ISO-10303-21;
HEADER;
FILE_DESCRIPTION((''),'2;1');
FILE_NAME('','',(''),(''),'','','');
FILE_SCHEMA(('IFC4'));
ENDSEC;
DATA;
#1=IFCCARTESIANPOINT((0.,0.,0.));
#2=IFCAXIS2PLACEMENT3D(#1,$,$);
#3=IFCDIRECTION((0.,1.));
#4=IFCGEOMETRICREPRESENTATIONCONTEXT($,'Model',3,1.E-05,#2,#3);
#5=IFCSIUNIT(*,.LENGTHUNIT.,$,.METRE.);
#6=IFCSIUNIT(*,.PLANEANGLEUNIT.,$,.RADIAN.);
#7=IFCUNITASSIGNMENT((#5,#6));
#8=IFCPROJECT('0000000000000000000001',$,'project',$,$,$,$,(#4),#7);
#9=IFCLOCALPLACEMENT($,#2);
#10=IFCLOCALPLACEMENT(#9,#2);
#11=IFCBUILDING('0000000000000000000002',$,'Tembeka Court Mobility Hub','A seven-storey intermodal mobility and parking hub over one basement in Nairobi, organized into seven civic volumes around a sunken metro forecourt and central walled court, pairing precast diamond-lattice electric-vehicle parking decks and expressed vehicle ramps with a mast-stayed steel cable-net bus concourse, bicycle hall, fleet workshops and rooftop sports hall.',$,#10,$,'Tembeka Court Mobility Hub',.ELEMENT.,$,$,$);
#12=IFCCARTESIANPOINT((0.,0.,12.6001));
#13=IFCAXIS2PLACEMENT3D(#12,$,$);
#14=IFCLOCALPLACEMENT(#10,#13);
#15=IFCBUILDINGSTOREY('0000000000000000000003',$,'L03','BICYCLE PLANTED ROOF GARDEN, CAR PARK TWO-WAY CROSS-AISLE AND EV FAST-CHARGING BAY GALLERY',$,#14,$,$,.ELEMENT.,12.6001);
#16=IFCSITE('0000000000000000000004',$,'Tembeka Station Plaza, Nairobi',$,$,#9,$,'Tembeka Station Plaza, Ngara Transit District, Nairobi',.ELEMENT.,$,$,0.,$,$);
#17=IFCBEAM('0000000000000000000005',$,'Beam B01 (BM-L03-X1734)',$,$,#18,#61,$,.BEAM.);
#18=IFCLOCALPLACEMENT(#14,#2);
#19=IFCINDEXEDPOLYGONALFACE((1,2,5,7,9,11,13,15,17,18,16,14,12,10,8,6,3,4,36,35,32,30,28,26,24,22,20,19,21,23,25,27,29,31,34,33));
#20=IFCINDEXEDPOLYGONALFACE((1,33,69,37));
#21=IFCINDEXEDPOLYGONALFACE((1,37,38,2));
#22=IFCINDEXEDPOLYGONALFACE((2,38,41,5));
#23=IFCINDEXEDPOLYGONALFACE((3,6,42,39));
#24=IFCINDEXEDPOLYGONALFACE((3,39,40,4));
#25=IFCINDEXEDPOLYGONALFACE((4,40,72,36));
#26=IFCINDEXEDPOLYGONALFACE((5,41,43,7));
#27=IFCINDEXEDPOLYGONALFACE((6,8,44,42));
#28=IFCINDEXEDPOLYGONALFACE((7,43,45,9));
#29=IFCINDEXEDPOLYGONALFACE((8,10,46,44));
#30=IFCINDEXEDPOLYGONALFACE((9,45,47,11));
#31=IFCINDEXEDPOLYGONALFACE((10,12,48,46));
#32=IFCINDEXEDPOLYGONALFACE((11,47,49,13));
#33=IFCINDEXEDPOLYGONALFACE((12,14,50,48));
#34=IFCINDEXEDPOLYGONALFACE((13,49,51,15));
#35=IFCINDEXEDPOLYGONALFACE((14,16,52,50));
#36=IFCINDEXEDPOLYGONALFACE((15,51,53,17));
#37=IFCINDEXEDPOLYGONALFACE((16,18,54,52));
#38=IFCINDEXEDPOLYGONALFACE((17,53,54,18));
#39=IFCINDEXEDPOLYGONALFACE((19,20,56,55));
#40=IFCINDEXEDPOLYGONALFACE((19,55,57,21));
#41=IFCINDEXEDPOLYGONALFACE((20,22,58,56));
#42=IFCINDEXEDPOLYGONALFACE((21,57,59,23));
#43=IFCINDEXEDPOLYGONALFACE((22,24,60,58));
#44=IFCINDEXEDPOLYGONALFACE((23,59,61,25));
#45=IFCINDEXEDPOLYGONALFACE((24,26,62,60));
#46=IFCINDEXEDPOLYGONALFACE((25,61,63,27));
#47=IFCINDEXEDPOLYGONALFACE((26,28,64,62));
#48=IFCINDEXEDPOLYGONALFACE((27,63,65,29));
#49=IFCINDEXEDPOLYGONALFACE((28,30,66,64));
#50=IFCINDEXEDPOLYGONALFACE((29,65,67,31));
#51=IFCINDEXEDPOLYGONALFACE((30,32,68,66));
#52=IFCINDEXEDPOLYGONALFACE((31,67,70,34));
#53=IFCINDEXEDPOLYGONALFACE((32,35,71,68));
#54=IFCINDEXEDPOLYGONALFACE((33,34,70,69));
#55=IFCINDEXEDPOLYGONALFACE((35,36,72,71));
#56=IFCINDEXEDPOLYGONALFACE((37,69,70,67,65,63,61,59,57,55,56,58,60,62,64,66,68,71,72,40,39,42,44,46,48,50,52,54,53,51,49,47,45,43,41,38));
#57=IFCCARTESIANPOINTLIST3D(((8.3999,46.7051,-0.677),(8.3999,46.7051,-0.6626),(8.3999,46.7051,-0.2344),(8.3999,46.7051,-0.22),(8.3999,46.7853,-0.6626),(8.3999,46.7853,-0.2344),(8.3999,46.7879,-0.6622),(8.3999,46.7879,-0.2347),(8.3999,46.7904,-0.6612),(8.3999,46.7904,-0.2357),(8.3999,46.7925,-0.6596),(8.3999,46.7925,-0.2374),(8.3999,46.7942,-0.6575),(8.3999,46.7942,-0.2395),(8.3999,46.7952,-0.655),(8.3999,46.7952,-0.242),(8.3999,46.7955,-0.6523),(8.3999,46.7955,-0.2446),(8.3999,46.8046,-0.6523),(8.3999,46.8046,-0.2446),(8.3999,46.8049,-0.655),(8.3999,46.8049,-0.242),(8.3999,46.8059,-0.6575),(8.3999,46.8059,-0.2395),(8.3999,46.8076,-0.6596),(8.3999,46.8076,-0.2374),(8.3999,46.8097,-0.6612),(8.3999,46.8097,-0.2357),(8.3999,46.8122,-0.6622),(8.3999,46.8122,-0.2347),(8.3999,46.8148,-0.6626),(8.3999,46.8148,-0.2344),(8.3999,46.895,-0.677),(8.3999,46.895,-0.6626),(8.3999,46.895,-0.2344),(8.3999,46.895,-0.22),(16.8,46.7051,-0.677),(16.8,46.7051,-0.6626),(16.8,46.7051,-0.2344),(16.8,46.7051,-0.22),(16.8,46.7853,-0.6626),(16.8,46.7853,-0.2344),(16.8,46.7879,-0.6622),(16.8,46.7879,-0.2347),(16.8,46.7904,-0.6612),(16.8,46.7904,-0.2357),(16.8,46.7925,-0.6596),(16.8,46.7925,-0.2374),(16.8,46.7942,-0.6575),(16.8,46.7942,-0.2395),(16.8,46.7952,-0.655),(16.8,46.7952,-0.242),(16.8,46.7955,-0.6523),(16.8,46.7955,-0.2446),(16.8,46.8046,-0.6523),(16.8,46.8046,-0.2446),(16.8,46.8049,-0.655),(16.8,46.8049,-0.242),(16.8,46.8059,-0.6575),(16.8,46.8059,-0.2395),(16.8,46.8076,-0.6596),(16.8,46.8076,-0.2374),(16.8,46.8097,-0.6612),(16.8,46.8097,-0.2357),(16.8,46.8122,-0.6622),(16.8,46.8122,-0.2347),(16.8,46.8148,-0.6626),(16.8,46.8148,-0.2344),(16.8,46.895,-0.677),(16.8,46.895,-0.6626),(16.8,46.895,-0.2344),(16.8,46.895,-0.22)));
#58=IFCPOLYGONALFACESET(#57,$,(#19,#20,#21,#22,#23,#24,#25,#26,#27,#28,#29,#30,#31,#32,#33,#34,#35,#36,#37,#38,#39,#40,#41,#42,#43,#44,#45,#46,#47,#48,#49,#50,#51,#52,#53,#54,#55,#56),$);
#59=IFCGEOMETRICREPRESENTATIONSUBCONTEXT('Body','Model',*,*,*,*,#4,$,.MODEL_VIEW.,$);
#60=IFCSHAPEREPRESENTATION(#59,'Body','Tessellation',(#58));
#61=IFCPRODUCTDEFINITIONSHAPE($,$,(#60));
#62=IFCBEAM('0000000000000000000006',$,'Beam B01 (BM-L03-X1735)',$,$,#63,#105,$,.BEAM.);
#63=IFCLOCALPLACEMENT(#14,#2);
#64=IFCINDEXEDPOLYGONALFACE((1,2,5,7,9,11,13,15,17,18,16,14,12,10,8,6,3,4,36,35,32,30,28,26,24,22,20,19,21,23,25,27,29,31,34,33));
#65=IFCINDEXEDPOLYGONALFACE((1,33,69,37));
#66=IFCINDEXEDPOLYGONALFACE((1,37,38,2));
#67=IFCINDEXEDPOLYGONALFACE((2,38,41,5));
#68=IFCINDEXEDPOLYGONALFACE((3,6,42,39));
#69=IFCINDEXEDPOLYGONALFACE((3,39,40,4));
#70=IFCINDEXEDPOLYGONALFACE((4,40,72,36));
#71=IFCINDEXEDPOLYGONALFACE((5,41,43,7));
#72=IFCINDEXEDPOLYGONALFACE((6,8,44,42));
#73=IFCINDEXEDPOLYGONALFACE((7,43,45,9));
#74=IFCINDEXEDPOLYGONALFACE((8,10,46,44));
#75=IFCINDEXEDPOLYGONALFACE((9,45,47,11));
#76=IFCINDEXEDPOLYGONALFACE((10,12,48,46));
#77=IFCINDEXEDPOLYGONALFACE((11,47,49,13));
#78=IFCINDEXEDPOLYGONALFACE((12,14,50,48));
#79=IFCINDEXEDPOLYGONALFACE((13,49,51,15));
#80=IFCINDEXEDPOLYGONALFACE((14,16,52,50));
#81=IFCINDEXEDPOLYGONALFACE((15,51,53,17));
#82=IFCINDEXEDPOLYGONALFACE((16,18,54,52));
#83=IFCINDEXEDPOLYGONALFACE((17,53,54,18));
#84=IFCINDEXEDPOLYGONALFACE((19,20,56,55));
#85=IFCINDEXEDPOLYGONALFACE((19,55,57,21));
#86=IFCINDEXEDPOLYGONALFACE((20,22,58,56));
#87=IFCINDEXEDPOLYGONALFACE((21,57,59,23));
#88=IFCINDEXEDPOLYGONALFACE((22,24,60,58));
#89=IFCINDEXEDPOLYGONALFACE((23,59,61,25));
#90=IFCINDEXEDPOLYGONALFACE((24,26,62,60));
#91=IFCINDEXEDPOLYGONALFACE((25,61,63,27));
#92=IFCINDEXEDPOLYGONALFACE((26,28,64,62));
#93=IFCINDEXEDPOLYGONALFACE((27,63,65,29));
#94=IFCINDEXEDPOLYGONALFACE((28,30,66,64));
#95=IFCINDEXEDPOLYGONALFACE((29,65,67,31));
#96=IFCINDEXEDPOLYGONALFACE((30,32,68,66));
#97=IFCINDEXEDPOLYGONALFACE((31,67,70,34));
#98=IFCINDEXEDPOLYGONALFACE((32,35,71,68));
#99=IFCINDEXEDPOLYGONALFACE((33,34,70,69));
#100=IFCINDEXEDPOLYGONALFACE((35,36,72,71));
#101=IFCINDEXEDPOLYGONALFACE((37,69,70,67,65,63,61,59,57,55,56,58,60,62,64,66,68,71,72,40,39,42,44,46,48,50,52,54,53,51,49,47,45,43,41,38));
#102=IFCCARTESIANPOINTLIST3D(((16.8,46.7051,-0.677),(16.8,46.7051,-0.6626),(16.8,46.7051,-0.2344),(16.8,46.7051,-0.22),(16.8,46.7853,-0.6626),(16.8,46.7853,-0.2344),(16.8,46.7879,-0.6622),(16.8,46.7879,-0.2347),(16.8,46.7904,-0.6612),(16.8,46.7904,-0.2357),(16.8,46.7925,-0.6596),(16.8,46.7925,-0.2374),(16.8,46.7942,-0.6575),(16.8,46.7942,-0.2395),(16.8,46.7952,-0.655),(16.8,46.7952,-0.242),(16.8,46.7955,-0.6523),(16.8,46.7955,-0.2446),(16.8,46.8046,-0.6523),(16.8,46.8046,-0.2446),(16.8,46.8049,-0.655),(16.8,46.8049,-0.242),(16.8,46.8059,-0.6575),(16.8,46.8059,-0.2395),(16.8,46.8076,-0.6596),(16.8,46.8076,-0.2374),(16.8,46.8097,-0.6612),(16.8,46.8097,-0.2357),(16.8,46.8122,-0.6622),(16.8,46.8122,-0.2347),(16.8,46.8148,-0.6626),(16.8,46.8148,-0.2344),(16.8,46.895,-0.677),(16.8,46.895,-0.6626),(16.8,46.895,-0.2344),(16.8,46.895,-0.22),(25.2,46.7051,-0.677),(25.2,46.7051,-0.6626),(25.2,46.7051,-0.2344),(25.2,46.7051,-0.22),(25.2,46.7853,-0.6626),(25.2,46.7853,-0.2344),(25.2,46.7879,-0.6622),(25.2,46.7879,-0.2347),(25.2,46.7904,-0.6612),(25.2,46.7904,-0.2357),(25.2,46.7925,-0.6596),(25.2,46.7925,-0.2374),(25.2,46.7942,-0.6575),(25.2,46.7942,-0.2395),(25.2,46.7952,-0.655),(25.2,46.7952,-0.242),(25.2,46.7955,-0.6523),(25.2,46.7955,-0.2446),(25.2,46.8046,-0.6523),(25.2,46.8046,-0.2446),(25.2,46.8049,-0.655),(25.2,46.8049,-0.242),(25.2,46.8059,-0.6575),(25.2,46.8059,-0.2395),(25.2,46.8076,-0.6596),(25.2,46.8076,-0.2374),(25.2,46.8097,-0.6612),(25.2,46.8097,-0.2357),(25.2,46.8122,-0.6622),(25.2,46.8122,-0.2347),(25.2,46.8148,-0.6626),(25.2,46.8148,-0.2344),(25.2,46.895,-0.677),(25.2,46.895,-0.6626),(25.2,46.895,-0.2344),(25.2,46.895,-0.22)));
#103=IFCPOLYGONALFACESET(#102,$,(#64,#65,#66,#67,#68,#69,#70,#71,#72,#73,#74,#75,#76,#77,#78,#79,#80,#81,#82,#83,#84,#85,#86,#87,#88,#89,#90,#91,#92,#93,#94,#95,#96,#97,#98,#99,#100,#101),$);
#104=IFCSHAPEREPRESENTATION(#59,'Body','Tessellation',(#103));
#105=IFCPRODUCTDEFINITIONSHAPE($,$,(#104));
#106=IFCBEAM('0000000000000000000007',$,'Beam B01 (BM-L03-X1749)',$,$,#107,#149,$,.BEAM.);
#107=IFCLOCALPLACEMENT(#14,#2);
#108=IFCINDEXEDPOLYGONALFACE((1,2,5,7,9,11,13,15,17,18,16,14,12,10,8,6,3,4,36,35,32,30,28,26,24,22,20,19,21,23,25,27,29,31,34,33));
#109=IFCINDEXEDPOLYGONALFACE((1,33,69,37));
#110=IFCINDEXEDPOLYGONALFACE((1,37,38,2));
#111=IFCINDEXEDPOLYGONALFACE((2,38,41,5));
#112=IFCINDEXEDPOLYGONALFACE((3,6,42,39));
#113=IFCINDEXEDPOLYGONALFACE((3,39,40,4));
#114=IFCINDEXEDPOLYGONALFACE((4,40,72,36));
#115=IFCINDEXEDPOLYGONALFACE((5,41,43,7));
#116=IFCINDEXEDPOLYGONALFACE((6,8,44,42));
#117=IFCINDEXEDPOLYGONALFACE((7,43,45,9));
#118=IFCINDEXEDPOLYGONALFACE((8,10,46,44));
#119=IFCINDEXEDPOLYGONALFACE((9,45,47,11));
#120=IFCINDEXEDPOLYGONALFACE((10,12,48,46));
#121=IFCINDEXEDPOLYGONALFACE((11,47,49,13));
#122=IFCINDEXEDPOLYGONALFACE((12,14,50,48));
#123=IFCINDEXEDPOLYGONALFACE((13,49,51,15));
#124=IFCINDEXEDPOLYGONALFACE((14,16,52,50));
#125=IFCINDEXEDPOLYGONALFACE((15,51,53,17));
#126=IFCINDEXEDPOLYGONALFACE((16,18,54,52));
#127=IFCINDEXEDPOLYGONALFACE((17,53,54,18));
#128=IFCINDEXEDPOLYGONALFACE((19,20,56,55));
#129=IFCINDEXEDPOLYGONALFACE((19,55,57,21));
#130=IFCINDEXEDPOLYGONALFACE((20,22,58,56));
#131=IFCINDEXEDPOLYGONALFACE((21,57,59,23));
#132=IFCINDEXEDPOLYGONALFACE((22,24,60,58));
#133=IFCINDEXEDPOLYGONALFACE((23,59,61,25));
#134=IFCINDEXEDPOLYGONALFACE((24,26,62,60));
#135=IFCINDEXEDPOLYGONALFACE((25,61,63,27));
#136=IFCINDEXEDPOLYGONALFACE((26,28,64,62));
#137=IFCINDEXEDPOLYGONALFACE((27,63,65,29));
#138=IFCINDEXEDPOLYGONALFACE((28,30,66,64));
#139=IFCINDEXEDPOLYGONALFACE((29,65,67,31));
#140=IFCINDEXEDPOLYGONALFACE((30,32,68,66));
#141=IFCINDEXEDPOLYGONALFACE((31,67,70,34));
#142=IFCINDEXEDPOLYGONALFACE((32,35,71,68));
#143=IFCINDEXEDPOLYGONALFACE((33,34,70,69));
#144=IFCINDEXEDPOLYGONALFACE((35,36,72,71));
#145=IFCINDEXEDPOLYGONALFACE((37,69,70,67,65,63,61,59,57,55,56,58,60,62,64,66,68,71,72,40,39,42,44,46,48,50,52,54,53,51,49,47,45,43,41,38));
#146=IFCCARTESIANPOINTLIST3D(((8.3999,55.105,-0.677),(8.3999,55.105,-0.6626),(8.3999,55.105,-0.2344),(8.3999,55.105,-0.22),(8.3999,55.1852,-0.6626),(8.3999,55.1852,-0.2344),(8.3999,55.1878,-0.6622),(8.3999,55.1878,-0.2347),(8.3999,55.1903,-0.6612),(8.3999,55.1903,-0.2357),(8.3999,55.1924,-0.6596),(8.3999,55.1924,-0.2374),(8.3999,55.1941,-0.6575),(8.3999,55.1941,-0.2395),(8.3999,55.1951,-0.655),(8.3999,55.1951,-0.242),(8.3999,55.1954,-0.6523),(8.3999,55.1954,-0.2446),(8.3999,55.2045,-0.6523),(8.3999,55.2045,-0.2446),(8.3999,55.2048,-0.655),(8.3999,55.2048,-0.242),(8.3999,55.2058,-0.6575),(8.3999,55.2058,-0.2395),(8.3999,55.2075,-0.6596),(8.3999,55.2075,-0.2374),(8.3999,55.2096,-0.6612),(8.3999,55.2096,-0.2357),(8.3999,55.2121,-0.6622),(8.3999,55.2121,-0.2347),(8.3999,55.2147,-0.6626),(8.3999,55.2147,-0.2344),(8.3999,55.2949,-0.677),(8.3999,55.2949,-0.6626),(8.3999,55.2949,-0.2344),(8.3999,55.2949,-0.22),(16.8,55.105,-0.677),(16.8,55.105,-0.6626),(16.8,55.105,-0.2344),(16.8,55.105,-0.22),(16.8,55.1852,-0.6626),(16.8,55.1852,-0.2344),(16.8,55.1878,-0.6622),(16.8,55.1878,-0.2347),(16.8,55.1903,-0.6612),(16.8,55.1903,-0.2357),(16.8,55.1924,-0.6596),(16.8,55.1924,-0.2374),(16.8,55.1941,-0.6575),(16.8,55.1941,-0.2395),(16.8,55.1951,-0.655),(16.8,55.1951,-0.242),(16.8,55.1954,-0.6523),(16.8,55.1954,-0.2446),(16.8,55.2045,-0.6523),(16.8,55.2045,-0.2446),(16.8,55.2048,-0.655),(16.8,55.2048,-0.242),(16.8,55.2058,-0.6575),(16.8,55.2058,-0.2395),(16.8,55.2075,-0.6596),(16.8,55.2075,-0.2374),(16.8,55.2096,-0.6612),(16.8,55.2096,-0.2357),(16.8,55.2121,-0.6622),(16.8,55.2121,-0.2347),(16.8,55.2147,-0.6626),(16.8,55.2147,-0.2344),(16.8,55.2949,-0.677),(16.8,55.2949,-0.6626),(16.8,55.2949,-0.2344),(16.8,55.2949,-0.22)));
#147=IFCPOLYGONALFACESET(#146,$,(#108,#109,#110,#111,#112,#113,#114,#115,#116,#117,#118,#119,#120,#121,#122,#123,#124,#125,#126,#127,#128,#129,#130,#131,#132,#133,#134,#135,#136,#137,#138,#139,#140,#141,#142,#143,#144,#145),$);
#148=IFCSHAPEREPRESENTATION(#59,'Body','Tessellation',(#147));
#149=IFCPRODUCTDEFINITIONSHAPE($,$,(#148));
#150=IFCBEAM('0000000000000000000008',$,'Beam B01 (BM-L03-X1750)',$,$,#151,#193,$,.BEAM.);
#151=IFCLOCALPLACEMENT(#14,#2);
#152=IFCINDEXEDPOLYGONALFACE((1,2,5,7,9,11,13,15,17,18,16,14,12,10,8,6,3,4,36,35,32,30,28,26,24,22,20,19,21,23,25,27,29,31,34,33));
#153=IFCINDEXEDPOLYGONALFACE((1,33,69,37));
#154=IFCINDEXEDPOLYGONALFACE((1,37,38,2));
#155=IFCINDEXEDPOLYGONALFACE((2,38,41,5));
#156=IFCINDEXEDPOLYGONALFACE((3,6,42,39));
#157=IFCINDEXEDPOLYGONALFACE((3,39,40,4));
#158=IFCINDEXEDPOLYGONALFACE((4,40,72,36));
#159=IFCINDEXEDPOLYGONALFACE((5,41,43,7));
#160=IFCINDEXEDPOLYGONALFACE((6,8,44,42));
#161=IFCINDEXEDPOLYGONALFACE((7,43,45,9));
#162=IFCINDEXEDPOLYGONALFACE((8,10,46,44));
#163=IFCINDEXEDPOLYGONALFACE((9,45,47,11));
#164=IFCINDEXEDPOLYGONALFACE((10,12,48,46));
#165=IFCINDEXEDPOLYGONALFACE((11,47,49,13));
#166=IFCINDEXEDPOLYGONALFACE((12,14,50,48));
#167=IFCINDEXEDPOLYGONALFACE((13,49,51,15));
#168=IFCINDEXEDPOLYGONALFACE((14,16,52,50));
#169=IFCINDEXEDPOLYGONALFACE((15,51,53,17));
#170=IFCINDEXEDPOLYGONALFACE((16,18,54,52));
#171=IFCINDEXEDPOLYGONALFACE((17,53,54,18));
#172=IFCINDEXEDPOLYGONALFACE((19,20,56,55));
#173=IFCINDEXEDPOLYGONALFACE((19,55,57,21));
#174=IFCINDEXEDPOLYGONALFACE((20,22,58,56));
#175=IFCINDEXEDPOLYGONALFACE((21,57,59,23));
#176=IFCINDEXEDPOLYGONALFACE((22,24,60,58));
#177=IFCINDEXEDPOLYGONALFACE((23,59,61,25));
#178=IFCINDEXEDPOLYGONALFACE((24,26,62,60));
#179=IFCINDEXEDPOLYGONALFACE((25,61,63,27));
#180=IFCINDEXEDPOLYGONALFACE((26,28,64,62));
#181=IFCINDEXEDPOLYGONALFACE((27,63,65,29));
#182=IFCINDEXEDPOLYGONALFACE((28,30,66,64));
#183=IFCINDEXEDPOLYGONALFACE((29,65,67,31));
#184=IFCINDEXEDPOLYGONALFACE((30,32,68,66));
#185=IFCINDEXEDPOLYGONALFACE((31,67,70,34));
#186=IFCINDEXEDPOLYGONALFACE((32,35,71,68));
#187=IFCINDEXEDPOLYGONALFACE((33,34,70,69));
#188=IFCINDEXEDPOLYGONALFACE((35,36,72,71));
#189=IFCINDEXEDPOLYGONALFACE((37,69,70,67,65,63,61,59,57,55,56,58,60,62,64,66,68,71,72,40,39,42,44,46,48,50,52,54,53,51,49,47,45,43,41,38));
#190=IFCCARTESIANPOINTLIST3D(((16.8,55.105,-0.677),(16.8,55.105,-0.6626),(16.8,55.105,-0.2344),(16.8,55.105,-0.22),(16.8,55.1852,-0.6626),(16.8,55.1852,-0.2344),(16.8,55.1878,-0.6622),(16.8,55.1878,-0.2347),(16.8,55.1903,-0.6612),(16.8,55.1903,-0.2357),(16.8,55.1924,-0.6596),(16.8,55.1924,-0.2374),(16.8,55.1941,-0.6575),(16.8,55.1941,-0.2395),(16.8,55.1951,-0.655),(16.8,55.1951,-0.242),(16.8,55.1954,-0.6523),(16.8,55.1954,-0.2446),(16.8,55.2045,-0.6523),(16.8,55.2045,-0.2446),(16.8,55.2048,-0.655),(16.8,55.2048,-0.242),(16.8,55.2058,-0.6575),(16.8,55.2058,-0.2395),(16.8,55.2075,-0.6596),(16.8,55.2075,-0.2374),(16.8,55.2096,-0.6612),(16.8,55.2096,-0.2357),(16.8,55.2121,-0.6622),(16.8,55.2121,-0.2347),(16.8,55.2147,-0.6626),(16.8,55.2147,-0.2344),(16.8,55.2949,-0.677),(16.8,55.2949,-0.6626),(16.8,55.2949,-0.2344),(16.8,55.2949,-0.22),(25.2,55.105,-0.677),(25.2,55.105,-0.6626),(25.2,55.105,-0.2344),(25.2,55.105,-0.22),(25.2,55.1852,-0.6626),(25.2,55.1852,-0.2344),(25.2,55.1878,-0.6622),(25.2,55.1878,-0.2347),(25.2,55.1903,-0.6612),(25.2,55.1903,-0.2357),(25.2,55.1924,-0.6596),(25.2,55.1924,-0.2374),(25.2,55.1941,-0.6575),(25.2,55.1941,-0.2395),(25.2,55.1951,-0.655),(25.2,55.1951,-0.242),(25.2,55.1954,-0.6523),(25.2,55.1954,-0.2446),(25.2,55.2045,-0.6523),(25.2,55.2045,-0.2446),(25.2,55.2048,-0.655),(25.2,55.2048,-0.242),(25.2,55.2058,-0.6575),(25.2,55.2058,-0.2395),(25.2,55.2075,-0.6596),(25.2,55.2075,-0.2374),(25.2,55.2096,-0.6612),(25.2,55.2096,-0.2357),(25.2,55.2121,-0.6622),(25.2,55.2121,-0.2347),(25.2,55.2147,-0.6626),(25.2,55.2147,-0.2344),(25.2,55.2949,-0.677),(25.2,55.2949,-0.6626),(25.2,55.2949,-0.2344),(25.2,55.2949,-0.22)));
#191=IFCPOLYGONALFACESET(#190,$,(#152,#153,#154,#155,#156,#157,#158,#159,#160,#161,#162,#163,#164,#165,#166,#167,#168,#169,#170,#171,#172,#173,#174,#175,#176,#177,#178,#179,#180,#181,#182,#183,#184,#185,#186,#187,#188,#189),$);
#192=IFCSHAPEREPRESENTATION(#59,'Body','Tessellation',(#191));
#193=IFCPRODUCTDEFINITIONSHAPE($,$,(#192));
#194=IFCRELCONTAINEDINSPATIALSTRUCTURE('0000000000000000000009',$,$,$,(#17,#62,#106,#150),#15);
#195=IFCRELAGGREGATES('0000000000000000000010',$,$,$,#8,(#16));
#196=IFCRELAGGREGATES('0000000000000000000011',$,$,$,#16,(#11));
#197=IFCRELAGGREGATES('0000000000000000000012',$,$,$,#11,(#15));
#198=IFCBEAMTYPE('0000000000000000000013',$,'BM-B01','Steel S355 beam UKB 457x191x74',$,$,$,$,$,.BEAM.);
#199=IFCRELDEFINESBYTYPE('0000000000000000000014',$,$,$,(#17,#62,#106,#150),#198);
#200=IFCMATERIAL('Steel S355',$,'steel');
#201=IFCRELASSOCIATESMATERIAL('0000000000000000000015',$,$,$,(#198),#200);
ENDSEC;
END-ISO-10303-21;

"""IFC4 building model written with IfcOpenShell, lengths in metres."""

from ifc_helpers import new_model, si_unit, direction, frame, origin, origin_2d, place, context, subcontext, project, spatial, i_section, extrude, material, material_profile, profile_set, type_object, element, save


model = new_model("IFC4")

# Units and contexts
model_context = context("Model", 3, precision=1e-05, world=origin(), true_north=direction((0.0, 1.0)))
body_context = subcontext(model_context, "Body", "Model", "MODEL_VIEW")
ifc_project = project(units=[si_unit("LENGTHUNIT", "METRE"), si_unit("PLANEANGLEUNIT", "RADIAN")], contexts=[model_context])

# Site, building, storey
site_placement = place(None, origin())
site = spatial("IfcSite", under=ifc_project, at=site_placement, Name="Tembeka Station Plaza, Nairobi", LongName="Tembeka Station Plaza, Ngara Transit District, Nairobi", CompositionType="ELEMENT", RefElevation=0.0)
building_placement = place(site_placement, origin())
building = spatial("IfcBuilding", under=site, at=building_placement, Name="Tembeka Court Mobility Hub", Description="A seven-storey intermodal mobility and parking hub over one basement in Nairobi, organized into seven civic volumes around a sunken metro forecourt and central walled court, pairing precast diamond-lattice electric-vehicle parking decks and expressed vehicle ramps with a mast-stayed steel cable-net bus concourse, bicycle hall, fleet workshops and rooftop sports hall.", LongName="Tembeka Court Mobility Hub", CompositionType="ELEMENT")
storey_placement = place(building_placement, frame((0.0, 0.0, 12.6001)))
storey = spatial("IfcBuildingStorey", under=building, at=storey_placement, Name="L03", Description="BICYCLE PLANTED ROOF GARDEN, CAR PARK TWO-WAY CROSS-AISLE AND EV FAST-CHARGING BAY GALLERY", CompositionType="ELEMENT", Elevation=12.6001)

# Shared definitions
ifc_material_1 = material(Name="Steel S355", Category="steel")

# Beams
ifc_material_profile_1 = material_profile(ifc_material_1, i_section(OverallWidth=0.1899, OverallDepth=0.457, WebThickness=0.009, FlangeThickness=0.0144, FilletRadius=0.0103, at=origin_2d()), Name="UKB 457x191x74")
ifc_profile_set_1 = profile_set([ifc_material_profile_1], Name="Steel S355")
beam_type_1 = type_object("IfcBeamType", Name="BM-B01", Description="Steel S355 beam UKB 457x191x74", PredefinedType="BEAM", material=ifc_profile_set_1)
beam_1_placement = place(storey_placement, frame((8.3999, 46.8, -0.4485), z_axis=(1.0, 0.0, 0.0), x_axis=(0.0, 1.0, 0.0)))
element("IfcBeam", 1, at=beam_1_placement, inside=storey, type_object=beam_type_1, Name="Beam B01 (BM-L03-X1734)", PredefinedType="BEAM", context=body_context, shape_type="SweptSolid", body=[
    extrude(i_section(OverallWidth=0.1899, OverallDepth=0.457, WebThickness=0.009, FlangeThickness=0.0144, FilletRadius=0.0103, at=origin_2d()), origin(), (0.0, 0.0, 1.0), 8.4001),
])
beam_2_placement = place(storey_placement, frame((16.8, 46.8, -0.4485), z_axis=(1.0, 0.0, 0.0), x_axis=(0.0, 1.0, 0.0)))
element("IfcBeam", 2, at=beam_2_placement, inside=storey, type_object=beam_type_1, Name="Beam B01 (BM-L03-X1735)", PredefinedType="BEAM", context=body_context, shape_type="SweptSolid", body=[
    extrude(i_section(OverallWidth=0.1899, OverallDepth=0.457, WebThickness=0.009, FlangeThickness=0.0144, FilletRadius=0.0103, at=origin_2d()), origin(), (0.0, 0.0, 1.0), 8.3999),
])
beam_3_placement = place(storey_placement, frame((8.3999, 55.2, -0.4485), z_axis=(1.0, 0.0, 0.0), x_axis=(0.0, 1.0, 0.0)))
element("IfcBeam", 3, at=beam_3_placement, inside=storey, type_object=beam_type_1, Name="Beam B01 (BM-L03-X1749)", PredefinedType="BEAM", context=body_context, shape_type="SweptSolid", body=[
    extrude(i_section(OverallWidth=0.1899, OverallDepth=0.457, WebThickness=0.009, FlangeThickness=0.0144, FilletRadius=0.0103, at=origin_2d()), origin(), (0.0, 0.0, 1.0), 8.4001),
])
beam_4_placement = place(storey_placement, frame((16.8, 55.2, -0.4485), z_axis=(1.0, 0.0, 0.0), x_axis=(0.0, 1.0, 0.0)))
element("IfcBeam", 4, at=beam_4_placement, inside=storey, type_object=beam_type_1, Name="Beam B01 (BM-L03-X1750)", PredefinedType="BEAM", context=body_context, shape_type="SweptSolid", body=[
    extrude(i_section(OverallWidth=0.1899, OverallDepth=0.457, WebThickness=0.009, FlangeThickness=0.0144, FilletRadius=0.0103, at=origin_2d()), origin(), (0.0, 0.0, 1.0), 8.3999),
])

save(model, "model.ifc")
